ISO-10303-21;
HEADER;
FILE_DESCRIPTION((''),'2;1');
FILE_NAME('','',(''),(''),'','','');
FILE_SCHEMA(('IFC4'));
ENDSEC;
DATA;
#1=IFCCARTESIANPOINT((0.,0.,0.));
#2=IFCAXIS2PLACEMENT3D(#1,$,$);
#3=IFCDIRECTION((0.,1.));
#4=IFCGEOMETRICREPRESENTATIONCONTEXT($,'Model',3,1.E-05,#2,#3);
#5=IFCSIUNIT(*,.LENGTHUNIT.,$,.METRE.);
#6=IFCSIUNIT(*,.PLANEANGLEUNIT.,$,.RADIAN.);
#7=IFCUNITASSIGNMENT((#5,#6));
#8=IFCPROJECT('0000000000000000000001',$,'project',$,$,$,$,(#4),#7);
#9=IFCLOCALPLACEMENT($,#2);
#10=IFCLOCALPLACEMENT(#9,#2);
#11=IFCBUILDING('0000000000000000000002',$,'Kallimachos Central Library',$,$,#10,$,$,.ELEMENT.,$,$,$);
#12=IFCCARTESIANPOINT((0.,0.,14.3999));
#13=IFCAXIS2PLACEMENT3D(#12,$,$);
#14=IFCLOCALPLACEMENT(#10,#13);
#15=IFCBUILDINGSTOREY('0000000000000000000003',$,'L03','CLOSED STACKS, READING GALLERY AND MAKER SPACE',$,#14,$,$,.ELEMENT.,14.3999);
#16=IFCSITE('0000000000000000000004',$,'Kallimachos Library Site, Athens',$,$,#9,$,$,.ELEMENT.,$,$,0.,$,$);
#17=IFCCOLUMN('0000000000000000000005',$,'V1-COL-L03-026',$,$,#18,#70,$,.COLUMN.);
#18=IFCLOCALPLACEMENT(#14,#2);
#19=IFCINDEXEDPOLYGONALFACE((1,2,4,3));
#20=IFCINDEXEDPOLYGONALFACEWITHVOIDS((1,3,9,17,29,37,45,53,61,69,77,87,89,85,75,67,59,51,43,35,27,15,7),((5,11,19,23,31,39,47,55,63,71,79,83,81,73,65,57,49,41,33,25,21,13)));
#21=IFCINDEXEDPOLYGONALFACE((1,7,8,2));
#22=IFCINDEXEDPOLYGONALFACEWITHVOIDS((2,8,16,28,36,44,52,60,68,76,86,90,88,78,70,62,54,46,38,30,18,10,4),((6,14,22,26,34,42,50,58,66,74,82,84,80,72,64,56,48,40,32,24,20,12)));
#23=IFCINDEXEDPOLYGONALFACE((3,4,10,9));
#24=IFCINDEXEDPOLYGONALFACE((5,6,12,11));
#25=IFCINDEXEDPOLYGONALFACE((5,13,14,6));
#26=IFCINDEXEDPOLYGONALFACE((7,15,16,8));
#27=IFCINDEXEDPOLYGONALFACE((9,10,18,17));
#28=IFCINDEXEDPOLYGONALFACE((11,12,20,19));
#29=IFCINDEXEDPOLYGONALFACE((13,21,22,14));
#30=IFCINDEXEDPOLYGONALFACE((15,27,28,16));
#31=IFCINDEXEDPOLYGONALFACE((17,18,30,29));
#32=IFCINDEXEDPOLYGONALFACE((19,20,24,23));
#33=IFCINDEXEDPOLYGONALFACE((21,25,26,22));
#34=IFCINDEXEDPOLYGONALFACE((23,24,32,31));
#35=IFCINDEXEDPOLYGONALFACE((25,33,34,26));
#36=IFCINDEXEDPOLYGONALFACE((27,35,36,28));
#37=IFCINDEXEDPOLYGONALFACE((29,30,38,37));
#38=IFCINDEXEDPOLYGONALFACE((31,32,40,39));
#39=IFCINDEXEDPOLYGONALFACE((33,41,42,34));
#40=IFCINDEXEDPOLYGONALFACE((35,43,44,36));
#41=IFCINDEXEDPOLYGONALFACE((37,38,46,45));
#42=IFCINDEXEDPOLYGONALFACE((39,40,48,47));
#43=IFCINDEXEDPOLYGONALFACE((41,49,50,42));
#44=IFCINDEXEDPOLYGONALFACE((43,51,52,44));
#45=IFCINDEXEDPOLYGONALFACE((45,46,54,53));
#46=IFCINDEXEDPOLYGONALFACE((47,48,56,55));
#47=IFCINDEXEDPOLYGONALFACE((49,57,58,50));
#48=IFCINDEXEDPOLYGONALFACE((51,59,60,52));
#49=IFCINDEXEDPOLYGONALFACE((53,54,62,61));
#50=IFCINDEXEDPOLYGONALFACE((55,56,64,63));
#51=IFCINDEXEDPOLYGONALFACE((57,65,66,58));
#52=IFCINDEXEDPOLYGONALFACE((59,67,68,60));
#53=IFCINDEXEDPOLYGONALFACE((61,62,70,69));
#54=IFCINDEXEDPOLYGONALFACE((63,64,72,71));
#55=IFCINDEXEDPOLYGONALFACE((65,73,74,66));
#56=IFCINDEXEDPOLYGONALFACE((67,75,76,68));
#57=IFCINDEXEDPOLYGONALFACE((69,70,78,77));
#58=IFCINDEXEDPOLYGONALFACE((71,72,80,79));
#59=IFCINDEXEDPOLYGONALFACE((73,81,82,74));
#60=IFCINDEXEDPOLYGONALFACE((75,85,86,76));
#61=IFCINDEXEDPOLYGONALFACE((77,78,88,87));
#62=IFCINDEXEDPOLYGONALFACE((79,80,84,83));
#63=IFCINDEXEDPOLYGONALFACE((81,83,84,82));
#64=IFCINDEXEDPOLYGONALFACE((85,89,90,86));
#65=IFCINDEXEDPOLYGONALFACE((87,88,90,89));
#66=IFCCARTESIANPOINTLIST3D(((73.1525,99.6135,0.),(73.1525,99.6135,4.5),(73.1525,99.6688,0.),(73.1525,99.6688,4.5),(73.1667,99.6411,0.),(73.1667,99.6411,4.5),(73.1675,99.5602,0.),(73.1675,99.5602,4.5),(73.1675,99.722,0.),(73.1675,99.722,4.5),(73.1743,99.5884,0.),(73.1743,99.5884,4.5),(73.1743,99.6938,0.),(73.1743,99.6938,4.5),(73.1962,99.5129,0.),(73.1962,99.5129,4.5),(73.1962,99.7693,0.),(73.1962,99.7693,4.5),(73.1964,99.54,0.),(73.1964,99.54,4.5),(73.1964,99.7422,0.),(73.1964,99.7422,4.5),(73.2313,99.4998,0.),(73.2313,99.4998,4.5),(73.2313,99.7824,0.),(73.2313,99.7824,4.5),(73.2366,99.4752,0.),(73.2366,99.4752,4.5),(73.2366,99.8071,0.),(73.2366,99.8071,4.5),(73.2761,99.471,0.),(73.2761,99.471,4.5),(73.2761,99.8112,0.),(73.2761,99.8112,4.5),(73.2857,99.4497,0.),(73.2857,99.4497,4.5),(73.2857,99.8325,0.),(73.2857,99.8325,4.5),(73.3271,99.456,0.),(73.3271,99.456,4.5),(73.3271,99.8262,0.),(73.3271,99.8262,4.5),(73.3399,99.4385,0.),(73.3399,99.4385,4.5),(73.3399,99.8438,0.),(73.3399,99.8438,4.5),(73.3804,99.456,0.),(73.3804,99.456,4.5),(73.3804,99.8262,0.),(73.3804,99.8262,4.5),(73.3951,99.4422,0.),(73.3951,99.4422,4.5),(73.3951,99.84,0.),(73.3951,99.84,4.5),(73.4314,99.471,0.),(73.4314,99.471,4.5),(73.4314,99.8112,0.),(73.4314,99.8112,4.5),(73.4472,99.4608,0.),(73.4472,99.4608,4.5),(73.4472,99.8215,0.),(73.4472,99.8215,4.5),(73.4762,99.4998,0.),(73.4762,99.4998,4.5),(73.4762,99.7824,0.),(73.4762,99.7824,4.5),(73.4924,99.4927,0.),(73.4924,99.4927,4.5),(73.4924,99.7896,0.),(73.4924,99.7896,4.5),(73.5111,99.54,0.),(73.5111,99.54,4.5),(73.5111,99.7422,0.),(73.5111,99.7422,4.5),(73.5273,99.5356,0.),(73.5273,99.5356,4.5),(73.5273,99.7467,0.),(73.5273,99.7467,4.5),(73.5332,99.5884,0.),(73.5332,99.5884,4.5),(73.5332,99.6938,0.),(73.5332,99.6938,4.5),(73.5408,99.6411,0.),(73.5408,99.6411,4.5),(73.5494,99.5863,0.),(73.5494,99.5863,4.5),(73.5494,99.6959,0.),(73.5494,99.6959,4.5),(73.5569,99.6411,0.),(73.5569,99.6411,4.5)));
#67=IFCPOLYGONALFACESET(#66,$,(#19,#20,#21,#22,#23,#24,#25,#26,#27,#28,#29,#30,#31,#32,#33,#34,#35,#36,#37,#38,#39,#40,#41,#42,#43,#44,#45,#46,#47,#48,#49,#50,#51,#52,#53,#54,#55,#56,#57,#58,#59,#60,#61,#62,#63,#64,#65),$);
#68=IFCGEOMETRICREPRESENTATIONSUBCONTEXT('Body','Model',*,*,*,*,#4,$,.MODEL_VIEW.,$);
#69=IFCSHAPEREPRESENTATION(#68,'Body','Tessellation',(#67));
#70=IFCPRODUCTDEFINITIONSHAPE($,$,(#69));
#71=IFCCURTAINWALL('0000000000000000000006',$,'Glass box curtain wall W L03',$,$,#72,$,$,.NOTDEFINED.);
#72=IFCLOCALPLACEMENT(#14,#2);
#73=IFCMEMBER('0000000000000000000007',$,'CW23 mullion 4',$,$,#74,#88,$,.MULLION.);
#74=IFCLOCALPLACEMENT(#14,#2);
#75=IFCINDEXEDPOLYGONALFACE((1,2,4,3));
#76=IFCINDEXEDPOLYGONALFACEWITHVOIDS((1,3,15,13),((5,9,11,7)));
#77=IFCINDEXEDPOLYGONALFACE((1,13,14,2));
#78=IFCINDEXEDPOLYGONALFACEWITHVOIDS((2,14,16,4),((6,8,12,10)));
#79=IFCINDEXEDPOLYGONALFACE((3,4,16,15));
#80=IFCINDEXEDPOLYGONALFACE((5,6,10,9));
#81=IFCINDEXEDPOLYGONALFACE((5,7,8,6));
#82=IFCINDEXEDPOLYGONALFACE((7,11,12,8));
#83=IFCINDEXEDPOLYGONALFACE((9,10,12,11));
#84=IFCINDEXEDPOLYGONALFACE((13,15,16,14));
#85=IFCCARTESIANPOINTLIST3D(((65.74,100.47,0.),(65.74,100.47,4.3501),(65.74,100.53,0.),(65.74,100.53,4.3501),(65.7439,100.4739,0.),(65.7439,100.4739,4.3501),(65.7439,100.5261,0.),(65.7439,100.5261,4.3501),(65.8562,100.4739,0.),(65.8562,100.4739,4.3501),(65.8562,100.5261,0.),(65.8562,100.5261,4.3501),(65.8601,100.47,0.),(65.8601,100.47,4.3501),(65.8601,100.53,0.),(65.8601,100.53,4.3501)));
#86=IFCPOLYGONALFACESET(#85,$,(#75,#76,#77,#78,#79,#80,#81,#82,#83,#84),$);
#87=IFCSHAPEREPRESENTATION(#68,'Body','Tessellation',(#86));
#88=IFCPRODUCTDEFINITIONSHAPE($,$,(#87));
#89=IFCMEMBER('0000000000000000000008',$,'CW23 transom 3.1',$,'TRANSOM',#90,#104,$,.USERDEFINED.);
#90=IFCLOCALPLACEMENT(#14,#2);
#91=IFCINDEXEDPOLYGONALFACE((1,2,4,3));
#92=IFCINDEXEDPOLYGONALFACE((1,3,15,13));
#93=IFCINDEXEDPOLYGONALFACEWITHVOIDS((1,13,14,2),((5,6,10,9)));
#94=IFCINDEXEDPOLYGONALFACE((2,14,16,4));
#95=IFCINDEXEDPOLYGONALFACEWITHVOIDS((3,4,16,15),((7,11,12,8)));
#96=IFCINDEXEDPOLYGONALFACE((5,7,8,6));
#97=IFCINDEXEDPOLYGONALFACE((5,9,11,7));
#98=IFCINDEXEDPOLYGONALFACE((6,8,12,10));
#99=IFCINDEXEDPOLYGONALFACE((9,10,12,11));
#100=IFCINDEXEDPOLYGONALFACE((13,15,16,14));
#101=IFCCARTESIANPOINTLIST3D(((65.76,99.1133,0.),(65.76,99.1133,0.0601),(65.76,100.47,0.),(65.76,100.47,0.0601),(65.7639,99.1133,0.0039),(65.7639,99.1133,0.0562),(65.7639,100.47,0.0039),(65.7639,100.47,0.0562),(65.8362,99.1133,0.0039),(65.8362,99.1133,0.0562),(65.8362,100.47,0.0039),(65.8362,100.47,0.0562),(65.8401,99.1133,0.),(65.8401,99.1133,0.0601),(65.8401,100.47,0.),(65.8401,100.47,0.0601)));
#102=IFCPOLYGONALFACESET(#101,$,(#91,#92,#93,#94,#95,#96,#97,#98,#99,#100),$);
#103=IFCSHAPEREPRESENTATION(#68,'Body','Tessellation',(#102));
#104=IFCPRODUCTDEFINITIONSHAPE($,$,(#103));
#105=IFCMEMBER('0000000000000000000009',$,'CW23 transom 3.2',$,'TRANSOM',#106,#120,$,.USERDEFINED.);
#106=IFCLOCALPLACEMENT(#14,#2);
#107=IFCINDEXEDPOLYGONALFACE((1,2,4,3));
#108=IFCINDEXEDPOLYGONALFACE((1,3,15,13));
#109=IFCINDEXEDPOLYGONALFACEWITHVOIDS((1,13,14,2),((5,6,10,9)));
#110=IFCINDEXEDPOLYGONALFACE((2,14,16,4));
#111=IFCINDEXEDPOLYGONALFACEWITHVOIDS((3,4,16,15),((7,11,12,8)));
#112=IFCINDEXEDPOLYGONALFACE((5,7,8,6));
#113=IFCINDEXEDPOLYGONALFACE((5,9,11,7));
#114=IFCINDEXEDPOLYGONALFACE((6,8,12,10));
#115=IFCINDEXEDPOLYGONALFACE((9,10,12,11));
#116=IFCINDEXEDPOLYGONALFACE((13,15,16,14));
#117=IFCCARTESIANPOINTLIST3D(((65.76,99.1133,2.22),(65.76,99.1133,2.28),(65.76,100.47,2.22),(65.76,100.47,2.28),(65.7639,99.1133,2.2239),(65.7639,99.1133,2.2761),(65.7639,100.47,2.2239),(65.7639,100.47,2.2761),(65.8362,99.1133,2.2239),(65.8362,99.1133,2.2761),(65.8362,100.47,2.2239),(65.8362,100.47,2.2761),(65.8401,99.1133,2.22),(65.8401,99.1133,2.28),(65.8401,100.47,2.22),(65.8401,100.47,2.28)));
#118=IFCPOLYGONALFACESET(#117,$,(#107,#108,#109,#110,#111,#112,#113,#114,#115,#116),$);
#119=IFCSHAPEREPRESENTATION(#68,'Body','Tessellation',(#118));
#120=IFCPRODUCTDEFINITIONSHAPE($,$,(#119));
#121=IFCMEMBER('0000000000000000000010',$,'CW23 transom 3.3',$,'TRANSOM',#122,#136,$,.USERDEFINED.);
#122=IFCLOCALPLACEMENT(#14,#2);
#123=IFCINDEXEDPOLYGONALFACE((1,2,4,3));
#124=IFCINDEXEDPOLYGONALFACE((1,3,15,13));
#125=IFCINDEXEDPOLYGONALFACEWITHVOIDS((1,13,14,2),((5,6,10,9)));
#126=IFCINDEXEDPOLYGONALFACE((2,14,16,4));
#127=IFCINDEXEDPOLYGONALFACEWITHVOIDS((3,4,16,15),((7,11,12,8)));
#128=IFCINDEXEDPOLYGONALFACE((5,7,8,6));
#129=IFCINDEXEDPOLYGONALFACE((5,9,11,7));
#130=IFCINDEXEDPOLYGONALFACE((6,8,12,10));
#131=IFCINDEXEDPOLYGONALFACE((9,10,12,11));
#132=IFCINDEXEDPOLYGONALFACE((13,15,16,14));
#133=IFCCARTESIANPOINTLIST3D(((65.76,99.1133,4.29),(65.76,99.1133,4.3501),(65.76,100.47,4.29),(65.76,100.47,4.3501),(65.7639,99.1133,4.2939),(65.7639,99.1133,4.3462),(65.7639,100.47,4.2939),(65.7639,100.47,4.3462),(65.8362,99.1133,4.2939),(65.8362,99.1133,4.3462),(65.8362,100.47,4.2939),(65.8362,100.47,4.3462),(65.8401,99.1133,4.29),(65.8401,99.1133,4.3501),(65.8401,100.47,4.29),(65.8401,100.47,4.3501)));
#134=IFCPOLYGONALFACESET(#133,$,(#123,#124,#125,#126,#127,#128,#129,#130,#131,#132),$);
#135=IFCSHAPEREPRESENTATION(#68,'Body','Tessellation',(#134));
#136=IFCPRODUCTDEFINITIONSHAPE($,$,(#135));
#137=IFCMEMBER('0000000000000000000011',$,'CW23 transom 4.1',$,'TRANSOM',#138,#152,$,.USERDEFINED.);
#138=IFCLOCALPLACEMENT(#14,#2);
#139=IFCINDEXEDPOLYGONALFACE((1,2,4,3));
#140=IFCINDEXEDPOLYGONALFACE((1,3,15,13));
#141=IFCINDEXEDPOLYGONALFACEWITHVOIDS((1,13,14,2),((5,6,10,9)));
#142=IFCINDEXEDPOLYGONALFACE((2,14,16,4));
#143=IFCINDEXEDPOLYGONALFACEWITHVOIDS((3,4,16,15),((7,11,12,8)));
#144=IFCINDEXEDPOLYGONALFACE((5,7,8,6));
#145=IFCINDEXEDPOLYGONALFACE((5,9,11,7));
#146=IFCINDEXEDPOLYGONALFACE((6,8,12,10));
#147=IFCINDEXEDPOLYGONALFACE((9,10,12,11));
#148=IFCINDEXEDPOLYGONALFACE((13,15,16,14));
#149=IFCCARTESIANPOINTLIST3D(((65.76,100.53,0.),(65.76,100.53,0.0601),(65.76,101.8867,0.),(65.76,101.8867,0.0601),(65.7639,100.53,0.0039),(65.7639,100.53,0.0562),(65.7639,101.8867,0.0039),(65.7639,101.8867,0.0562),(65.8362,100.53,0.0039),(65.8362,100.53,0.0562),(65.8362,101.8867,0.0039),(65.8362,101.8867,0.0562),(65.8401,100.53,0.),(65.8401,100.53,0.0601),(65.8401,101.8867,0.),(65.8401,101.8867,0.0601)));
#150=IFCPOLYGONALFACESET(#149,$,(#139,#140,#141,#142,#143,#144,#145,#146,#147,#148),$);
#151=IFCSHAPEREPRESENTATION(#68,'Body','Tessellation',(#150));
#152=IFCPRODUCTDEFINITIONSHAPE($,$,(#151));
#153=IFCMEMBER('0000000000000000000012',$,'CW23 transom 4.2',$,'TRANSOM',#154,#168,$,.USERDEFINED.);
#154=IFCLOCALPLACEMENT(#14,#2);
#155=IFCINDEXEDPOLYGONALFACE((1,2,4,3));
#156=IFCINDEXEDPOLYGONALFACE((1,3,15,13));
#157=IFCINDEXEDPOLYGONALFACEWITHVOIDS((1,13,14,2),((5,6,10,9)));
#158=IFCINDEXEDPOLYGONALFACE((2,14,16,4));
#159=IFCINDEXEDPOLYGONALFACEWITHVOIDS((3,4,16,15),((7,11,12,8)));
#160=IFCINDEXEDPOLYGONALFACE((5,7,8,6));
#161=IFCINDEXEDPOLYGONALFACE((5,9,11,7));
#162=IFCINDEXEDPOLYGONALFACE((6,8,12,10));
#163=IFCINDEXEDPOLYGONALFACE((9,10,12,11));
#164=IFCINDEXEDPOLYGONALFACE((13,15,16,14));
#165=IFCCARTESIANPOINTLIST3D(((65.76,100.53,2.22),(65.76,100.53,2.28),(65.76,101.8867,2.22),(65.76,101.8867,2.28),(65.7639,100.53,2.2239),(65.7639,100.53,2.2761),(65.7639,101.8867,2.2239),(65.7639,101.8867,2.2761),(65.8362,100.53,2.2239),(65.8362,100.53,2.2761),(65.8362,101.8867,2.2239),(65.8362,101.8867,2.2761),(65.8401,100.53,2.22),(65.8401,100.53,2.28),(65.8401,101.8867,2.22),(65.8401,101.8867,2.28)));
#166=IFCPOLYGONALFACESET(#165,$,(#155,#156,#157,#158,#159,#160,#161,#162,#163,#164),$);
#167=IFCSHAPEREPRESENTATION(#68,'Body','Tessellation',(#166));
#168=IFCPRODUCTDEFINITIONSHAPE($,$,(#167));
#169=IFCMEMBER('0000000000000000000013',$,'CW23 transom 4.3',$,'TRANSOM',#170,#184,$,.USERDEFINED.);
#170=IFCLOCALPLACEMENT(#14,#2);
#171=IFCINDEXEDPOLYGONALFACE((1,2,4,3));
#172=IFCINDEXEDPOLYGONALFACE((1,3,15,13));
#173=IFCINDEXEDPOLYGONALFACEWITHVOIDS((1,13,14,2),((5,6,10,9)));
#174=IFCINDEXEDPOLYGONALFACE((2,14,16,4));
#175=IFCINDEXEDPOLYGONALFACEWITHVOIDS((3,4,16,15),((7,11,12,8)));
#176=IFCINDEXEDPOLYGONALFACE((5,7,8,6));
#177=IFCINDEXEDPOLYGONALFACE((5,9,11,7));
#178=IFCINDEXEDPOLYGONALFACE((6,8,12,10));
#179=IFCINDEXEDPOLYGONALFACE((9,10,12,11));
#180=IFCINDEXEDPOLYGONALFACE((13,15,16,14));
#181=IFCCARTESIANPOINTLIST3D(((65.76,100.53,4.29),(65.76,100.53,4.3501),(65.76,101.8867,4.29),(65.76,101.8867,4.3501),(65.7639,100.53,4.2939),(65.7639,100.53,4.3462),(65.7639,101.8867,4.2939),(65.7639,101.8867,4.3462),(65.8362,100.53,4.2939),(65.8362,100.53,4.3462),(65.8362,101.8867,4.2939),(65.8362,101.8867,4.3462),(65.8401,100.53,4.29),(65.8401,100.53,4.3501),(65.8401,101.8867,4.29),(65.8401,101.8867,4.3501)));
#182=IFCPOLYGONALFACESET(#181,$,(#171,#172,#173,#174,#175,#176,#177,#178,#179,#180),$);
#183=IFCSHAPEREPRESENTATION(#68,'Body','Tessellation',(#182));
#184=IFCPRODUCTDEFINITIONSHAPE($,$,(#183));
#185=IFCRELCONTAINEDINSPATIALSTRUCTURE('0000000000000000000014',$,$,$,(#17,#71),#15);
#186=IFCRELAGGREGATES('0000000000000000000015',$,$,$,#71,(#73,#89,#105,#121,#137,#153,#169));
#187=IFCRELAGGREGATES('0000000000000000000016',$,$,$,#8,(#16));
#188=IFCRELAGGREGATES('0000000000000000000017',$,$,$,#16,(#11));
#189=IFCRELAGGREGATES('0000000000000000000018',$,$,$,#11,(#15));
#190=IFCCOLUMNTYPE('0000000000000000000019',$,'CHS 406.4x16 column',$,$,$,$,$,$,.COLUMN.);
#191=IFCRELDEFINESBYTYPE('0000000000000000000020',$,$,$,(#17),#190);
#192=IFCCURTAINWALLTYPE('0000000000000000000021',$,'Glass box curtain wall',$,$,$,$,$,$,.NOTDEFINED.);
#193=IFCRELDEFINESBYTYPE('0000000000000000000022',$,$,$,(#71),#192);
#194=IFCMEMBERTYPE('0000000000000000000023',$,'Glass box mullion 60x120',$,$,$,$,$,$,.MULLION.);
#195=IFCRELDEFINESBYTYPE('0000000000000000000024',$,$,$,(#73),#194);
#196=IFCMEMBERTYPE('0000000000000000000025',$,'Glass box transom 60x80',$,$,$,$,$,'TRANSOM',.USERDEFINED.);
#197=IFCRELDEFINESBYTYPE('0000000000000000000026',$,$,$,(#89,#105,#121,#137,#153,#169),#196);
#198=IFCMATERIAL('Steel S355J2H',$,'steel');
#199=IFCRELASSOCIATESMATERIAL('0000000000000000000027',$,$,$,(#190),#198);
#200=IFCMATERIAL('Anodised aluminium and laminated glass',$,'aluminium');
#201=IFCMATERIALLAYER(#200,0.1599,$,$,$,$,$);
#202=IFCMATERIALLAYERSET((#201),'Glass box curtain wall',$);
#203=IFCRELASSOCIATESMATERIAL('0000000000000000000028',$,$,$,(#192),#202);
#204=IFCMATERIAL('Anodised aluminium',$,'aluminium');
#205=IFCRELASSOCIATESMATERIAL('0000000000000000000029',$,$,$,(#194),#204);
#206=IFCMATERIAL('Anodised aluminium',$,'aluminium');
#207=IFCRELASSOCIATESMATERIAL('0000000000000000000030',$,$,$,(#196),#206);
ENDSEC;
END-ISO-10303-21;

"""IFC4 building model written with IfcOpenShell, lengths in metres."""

from ifc_helpers import new_model, si_unit, direction, frame, origin, origin_2d, place, context, subcontext, project, spatial, hollow_rectangle, hollow_circle, extrude, material, layer, layer_set, material_profile, profile_set, type_object, element, aggregate, save


model = new_model("IFC4")

# Units and contexts
model_context = context("Model", 3, precision=1e-05, world=origin(), true_north=direction((0.0, 1.0)))
body_context = subcontext(model_context, "Body", "Model", "MODEL_VIEW")
ifc_project = project(units=[si_unit("LENGTHUNIT", "METRE"), si_unit("PLANEANGLEUNIT", "RADIAN")], contexts=[model_context])

# Site, building, storey
site_placement = place(None, origin())
site = spatial("IfcSite", under=ifc_project, at=site_placement, Name="Kallimachos Library Site, Athens", CompositionType="ELEMENT", RefElevation=0.0)
building_placement = place(site_placement, origin())
building = spatial("IfcBuilding", under=site, at=building_placement, Name="Kallimachos Central Library", CompositionType="ELEMENT")
storey_placement = place(building_placement, frame((0.0, 0.0, 14.3999)))
storey = spatial("IfcBuildingStorey", under=building, at=storey_placement, Name="L03", Description="CLOSED STACKS, READING GALLERY AND MAKER SPACE", CompositionType="ELEMENT", Elevation=14.3999)

# Column
ifc_material_1 = material(Name="Steel S355J2H", Category="steel")
ifc_material_profile_1 = material_profile(ifc_material_1, hollow_circle(Radius=0.2031, WallThickness=0.0161, at=origin_2d()), Name="CHS 406.4x16")
ifc_profile_set_1 = profile_set([ifc_material_profile_1], Name="Steel S355J2H")
column_type = type_object("IfcColumnType", Name="CHS 406.4x16 column", PredefinedType="COLUMN", material=ifc_profile_set_1)
column_placement = place(storey_placement, frame((73.3538, 99.6411, 0.0), z_axis=(0.0, 0.0, 1.0), x_axis=(1.0, 0.0, 0.0)))
element("IfcColumn", 1, at=column_placement, inside=storey, type_object=column_type, Name="V1-COL-L03-026", PredefinedType="COLUMN", context=body_context, shape_type="SweptSolid", body=[
    extrude(hollow_circle(Radius=0.2031, WallThickness=0.0161, at=origin_2d()), origin(), (0.0, 0.0, 1.0), 4.5),
])

# Curtain wall, members
ifc_material_2 = material(Name="Anodised aluminium and laminated glass", Category="aluminium")
ifc_layer_1 = layer(ifc_material_2, 0.1599)
ifc_layer_set_1 = layer_set([ifc_layer_1], Name="Glass box curtain wall")
curtain_wall_type = type_object("IfcCurtainWallType", Name="Glass box curtain wall", PredefinedType="NOTDEFINED", material=ifc_layer_set_1)
curtain_wall_placement = place(storey_placement, origin())
curtain_wall = element("IfcCurtainWall", 2, at=curtain_wall_placement, inside=storey, type_object=curtain_wall_type, Name="Glass box curtain wall W L03", PredefinedType="NOTDEFINED")
ifc_material_3 = material(Name="Anodised aluminium", Category="aluminium")
ifc_material_profile_2 = material_profile(ifc_material_3, hollow_rectangle(XDim=0.0601, YDim=0.1201, WallThickness=0.0039, at=origin_2d()), Name="ALU MULLION 60x120")
ifc_profile_set_2 = profile_set([ifc_material_profile_2], Name="Anodised aluminium")
member_type_1 = type_object("IfcMemberType", Name="Glass box mullion 60x120", PredefinedType="MULLION", material=ifc_profile_set_2)
member_1_placement = place(storey_placement, frame((65.8, 100.5, 0.0), z_axis=(0.0, 0.0, 1.0), x_axis=(0.0, 1.0, 0.0)))
member_1 = element("IfcMember", 3, at=member_1_placement, type_object=member_type_1, Name="CW23 mullion 4", PredefinedType="MULLION", context=body_context, shape_type="SweptSolid", body=[
    extrude(hollow_rectangle(XDim=0.0601, YDim=0.1201, WallThickness=0.0039, at=origin_2d()), origin(), (0.0, 0.0, 1.0), 4.3501),
])
ifc_material_4 = material(Name="Anodised aluminium", Category="aluminium")
ifc_material_profile_3 = material_profile(ifc_material_4, hollow_rectangle(XDim=0.0601, YDim=0.0801, WallThickness=0.0039, at=origin_2d()), Name="ALU TRANSOM 60x80")
ifc_profile_set_3 = profile_set([ifc_material_profile_3], Name="Anodised aluminium")
member_type_2 = type_object("IfcMemberType", Name="Glass box transom 60x80", ElementType="TRANSOM", PredefinedType="USERDEFINED", material=ifc_profile_set_3)
member_2_placement = place(storey_placement, frame((65.8, 99.1133, 0.03), z_axis=(0.0, 1.0, 0.0), x_axis=(0.0, 0.0, 1.0)))
member_2 = element("IfcMember", 4, at=member_2_placement, type_object=member_type_2, Name="CW23 transom 3.1", ObjectType="TRANSOM", PredefinedType="USERDEFINED", context=body_context, shape_type="SweptSolid", body=[
    extrude(hollow_rectangle(XDim=0.0601, YDim=0.0801, WallThickness=0.0039, at=origin_2d()), origin(), (0.0, 0.0, 1.0), 1.3567),
])
member_3_placement = place(storey_placement, frame((65.8, 99.1133, 2.25), z_axis=(0.0, 1.0, 0.0), x_axis=(0.0, 0.0, 1.0)))
member_3 = element("IfcMember", 5, at=member_3_placement, type_object=member_type_2, Name="CW23 transom 3.2", ObjectType="TRANSOM", PredefinedType="USERDEFINED", context=body_context, shape_type="SweptSolid", body=[
    extrude(hollow_rectangle(XDim=0.0601, YDim=0.0801, WallThickness=0.0039, at=origin_2d()), origin(), (0.0, 0.0, 1.0), 1.3567),
])
member_4_placement = place(storey_placement, frame((65.8, 99.1133, 4.3201), z_axis=(0.0, 1.0, 0.0), x_axis=(0.0, 0.0, 1.0)))
member_4 = element("IfcMember", 6, at=member_4_placement, type_object=member_type_2, Name="CW23 transom 3.3", ObjectType="TRANSOM", PredefinedType="USERDEFINED", context=body_context, shape_type="SweptSolid", body=[
    extrude(hollow_rectangle(XDim=0.0601, YDim=0.0801, WallThickness=0.0039, at=origin_2d()), origin(), (0.0, 0.0, 1.0), 1.3567),
])
member_5_placement = place(storey_placement, frame((65.8, 100.53, 0.03), z_axis=(0.0, 1.0, 0.0), x_axis=(0.0, 0.0, 1.0)))
member_5 = element("IfcMember", 7, at=member_5_placement, type_object=member_type_2, Name="CW23 transom 4.1", ObjectType="TRANSOM", PredefinedType="USERDEFINED", context=body_context, shape_type="SweptSolid", body=[
    extrude(hollow_rectangle(XDim=0.0601, YDim=0.0801, WallThickness=0.0039, at=origin_2d()), origin(), (0.0, 0.0, 1.0), 1.3567),
])
member_6_placement = place(storey_placement, frame((65.8, 100.53, 2.25), z_axis=(0.0, 1.0, 0.0), x_axis=(0.0, 0.0, 1.0)))
member_6 = element("IfcMember", 8, at=member_6_placement, type_object=member_type_2, Name="CW23 transom 4.2", ObjectType="TRANSOM", PredefinedType="USERDEFINED", context=body_context, shape_type="SweptSolid", body=[
    extrude(hollow_rectangle(XDim=0.0601, YDim=0.0801, WallThickness=0.0039, at=origin_2d()), origin(), (0.0, 0.0, 1.0), 1.3567),
])
member_7_placement = place(storey_placement, frame((65.8, 100.53, 4.3201), z_axis=(0.0, 1.0, 0.0), x_axis=(0.0, 0.0, 1.0)))
member_7 = element("IfcMember", 9, at=member_7_placement, type_object=member_type_2, Name="CW23 transom 4.3", ObjectType="TRANSOM", PredefinedType="USERDEFINED", context=body_context, shape_type="SweptSolid", body=[
    extrude(hollow_rectangle(XDim=0.0601, YDim=0.0801, WallThickness=0.0039, at=origin_2d()), origin(), (0.0, 0.0, 1.0), 1.3567),
])

aggregate(curtain_wall, [member_1, member_2, member_3, member_4, member_5, member_6, member_7])

save(model, "model.ifc")
